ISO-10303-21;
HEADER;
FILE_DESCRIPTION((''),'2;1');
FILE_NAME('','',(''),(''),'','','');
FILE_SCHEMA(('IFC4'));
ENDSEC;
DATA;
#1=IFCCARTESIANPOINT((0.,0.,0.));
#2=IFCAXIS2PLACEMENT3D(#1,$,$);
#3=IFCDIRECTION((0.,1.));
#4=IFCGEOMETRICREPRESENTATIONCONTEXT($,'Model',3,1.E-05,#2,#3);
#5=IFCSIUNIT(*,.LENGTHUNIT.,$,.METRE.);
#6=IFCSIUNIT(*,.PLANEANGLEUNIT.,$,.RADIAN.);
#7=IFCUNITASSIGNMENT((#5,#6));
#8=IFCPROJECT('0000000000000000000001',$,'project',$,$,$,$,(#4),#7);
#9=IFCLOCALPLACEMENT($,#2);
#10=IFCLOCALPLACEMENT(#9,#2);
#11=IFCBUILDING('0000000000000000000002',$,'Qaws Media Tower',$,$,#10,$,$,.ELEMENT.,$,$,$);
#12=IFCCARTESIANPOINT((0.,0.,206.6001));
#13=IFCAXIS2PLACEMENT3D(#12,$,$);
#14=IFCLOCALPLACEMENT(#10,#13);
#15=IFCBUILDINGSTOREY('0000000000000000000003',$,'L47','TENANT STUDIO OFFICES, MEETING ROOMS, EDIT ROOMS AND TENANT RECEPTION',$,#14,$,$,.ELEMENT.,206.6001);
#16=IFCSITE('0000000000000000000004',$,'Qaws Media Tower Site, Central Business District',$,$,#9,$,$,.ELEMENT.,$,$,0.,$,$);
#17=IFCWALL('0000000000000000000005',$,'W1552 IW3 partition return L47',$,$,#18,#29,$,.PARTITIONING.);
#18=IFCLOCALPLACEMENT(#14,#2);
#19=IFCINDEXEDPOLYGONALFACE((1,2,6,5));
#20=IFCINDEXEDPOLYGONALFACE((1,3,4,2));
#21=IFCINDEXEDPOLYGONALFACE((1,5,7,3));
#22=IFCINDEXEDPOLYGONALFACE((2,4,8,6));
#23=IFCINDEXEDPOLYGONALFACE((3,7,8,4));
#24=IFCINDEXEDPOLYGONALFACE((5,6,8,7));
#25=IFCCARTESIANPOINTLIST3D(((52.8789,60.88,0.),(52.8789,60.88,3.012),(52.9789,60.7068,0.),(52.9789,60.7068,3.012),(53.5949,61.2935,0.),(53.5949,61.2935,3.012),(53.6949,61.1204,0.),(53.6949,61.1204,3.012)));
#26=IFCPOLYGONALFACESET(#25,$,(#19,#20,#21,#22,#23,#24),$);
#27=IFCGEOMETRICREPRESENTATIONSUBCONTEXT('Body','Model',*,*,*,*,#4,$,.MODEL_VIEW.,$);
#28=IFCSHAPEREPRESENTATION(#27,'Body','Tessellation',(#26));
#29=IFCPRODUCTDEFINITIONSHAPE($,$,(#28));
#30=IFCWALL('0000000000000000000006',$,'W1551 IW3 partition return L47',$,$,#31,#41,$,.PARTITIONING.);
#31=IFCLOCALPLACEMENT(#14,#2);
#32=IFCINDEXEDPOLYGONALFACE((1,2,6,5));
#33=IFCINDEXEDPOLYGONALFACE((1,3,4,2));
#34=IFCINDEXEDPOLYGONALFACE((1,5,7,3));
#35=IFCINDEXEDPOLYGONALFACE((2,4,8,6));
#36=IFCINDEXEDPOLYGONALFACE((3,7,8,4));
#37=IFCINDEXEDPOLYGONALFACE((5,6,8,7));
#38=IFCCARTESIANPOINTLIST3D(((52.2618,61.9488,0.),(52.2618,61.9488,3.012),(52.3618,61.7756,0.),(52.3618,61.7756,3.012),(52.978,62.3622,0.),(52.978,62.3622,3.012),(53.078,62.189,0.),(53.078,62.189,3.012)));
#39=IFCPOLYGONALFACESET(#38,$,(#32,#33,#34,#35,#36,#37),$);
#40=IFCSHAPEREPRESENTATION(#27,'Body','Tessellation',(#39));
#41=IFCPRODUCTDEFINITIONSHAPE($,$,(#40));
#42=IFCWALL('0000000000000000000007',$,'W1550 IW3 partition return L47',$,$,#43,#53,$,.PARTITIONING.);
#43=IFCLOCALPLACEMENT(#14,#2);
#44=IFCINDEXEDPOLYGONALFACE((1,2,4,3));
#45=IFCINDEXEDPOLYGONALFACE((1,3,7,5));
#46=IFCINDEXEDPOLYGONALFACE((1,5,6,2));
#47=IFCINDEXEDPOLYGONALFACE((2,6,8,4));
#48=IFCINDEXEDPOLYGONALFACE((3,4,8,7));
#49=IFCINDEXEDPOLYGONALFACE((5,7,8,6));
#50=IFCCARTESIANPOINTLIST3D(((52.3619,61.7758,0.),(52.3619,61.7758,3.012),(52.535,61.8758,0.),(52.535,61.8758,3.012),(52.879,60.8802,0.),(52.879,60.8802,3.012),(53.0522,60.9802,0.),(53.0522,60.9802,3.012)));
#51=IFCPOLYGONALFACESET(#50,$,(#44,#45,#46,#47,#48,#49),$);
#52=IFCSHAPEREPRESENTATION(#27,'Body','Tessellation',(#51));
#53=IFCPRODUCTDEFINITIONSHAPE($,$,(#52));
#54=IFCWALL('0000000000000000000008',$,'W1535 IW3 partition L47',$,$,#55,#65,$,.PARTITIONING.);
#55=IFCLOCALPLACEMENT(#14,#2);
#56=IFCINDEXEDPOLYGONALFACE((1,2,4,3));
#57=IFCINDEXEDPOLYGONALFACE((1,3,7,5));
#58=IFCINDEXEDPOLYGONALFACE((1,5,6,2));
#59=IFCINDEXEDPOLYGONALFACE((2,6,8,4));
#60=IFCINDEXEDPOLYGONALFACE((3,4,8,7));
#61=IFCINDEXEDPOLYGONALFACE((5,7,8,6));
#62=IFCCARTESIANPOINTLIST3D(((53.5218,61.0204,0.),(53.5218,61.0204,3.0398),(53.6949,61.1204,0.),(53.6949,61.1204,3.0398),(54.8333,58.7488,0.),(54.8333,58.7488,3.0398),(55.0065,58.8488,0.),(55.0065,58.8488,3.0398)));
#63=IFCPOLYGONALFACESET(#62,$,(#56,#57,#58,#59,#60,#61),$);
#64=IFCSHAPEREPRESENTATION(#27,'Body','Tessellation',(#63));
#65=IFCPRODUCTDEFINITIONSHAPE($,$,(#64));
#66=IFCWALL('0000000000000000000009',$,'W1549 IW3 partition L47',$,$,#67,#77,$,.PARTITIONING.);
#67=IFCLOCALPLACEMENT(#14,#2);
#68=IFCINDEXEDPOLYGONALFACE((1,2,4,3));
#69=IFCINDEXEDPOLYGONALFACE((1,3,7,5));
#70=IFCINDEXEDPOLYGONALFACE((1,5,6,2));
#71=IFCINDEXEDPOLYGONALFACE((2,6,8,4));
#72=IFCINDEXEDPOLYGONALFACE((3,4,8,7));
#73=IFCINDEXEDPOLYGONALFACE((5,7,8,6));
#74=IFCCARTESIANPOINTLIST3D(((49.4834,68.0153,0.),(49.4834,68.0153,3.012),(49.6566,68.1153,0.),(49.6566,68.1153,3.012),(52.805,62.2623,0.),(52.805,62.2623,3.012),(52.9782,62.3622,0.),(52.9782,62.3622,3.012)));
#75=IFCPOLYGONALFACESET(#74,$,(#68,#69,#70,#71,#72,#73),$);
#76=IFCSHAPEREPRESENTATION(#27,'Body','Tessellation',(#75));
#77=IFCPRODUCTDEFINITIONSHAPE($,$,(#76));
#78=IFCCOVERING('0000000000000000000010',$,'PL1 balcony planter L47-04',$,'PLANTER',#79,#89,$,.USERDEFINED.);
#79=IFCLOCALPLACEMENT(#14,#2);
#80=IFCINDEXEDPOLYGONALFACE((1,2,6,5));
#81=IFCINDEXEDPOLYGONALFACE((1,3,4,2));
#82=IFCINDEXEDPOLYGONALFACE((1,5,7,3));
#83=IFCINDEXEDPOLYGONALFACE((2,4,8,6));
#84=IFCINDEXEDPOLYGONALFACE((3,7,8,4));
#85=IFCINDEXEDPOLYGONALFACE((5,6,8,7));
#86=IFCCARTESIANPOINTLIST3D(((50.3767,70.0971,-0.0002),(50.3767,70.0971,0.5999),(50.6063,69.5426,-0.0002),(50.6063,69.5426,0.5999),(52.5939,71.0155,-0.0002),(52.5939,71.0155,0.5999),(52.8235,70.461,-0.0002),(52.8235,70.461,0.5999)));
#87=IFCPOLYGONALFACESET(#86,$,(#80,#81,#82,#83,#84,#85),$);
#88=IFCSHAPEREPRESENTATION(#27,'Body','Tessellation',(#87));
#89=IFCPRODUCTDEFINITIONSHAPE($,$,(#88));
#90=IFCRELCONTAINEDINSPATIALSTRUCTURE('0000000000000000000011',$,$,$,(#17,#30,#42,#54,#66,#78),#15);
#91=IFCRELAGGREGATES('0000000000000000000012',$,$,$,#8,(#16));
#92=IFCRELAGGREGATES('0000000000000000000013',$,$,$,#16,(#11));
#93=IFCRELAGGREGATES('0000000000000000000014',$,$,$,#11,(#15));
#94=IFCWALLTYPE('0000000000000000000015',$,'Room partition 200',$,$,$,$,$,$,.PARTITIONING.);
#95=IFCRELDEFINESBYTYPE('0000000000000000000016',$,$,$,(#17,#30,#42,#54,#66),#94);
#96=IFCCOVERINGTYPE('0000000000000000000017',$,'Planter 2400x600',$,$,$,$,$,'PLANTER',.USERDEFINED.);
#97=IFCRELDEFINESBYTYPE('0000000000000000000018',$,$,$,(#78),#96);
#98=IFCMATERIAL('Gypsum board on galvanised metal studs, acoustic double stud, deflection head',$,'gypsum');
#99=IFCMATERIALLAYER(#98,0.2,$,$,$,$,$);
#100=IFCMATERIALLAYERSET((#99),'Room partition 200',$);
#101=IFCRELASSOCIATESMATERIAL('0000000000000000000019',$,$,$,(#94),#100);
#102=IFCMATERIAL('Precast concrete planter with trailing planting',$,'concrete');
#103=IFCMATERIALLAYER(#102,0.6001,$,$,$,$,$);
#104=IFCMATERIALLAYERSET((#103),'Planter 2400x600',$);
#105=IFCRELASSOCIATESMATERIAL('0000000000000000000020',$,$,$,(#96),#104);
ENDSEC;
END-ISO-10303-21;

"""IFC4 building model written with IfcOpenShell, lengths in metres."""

from ifc_helpers import new_model, si_unit, direction, frame, frame_2d, origin, origin_2d, place, context, subcontext, project, spatial, rectangle, extrude, material, layer, layer_set, type_object, element, save


model = new_model("IFC4")

# Units and contexts
model_context = context("Model", 3, precision=1e-05, world=origin(), true_north=direction((0.0, 1.0)))
body_context = subcontext(model_context, "Body", "Model", "MODEL_VIEW")
ifc_project = project(units=[si_unit("LENGTHUNIT", "METRE"), si_unit("PLANEANGLEUNIT", "RADIAN")], contexts=[model_context])

# Site, building, storey
site_placement = place(None, origin())
site = spatial("IfcSite", under=ifc_project, at=site_placement, Name="Qaws Media Tower Site, Central Business District", CompositionType="ELEMENT", RefElevation=0.0)
building_placement = place(site_placement, origin())
building = spatial("IfcBuilding", under=site, at=building_placement, Name="Qaws Media Tower", CompositionType="ELEMENT")
storey_placement = place(building_placement, frame((0.0, 0.0, 206.6001)))
storey = spatial("IfcBuildingStorey", under=building, at=storey_placement, Name="L47", Description="TENANT STUDIO OFFICES, MEETING ROOMS, EDIT ROOMS AND TENANT RECEPTION", CompositionType="ELEMENT", Elevation=206.6001)

# Shared definitions
ifc_material_1 = material(Name="Gypsum board on galvanised metal studs, acoustic double stud, deflection head", Category="gypsum")
ifc_layer_1 = layer(ifc_material_1, 0.2)
ifc_layer_set_1 = layer_set([ifc_layer_1], Name="Room partition 200")
wall_type_1 = type_object("IfcWallType", Name="Room partition 200", PredefinedType="PARTITIONING", material=ifc_layer_set_1)

# Walls
for number, where, z_axis, x_axis, name in (
    (1, (53.645, 61.207, 0.0), (0.0, 0.0, 1.0), (-0.865945, -0.50014, 0.0), "W1552 IW3 partition return L47"),
    (2, (53.0281, 62.2756, 0.0), (0.0, 0.0, 1.0), (-0.866072, -0.499918, 0.0), "W1551 IW3 partition return L47"),
):
    element("IfcWall", number, at=place(storey_placement, frame(where, z_axis=z_axis, x_axis=x_axis)), inside=storey, type_object=wall_type_1, Name=name, PredefinedType="PARTITIONING", context=body_context, shape_type="SweptSolid", body=[
        extrude(rectangle(XDim=0.8269, YDim=0.2, at=frame_2d((0.4136, 0.0))), origin(), (0.0, 0.0, 1.0), 3.012),
    ])
wall_1_placement = place(storey_placement, frame((52.9656, 60.9302, 0.0), z_axis=(0.0, 0.0, 1.0), x_axis=(-0.500049, 0.865997, 0.0)))
element("IfcWall", 3, at=wall_1_placement, inside=storey, type_object=wall_type_1, Name="W1550 IW3 partition return L47", PredefinedType="PARTITIONING", context=body_context, shape_type="SweptSolid", body=[
    extrude(rectangle(XDim=1.0342, YDim=0.2, at=frame_2d((0.5171, 0.0))), origin(), (0.0, 0.0, 1.0), 3.012),
])
wall_2_placement = place(storey_placement, frame((54.9199, 58.7988, 0.0), z_axis=(0.0, 0.0, 1.0), x_axis=(-0.500023, 0.866012, 0.0)))
element("IfcWall", 4, at=wall_2_placement, inside=storey, type_object=wall_type_1, Name="W1535 IW3 partition L47", PredefinedType="PARTITIONING", context=body_context, shape_type="SweptSolid", body=[
    extrude(rectangle(XDim=2.623, YDim=0.2, at=frame_2d((1.3115, 0.0))), origin(), (0.0, 0.0, 1.0), 3.0398),
])
wall_3_placement = place(storey_placement, frame((52.8916, 62.3123, 0.0), z_axis=(0.0, 0.0, 1.0), x_axis=(-0.500009, 0.86602, 0.0)))
element("IfcWall", 5, at=wall_3_placement, inside=storey, type_object=wall_type_1, Name="W1549 IW3 partition L47", PredefinedType="PARTITIONING", context=body_context, shape_type="SweptSolid", body=[
    extrude(rectangle(XDim=6.6431, YDim=0.2, at=frame_2d((3.3215, 0.0))), origin(), (0.0, 0.0, 1.0), 3.012),
])

# Covering
ifc_material_2 = material(Name="Precast concrete planter with trailing planting", Category="concrete")
ifc_layer_2 = layer(ifc_material_2, 0.6001)
ifc_layer_set_2 = layer_set([ifc_layer_2], Name="Planter 2400x600")
covering_type = type_object("IfcCoveringType", Name="Planter 2400x600", ElementType="PLANTER", PredefinedType="USERDEFINED", material=ifc_layer_set_2)
covering_placement = place(storey_placement, frame((51.6001, 70.2791, -0.0002), z_axis=(0.0, 0.0, 1.0), x_axis=(-0.92388, -0.382683, 0.0)))
element("IfcCovering", 6, at=covering_placement, inside=storey, type_object=covering_type, Name="PL1 balcony planter L47-04", ObjectType="PLANTER", PredefinedType="USERDEFINED", context=body_context, shape_type="SweptSolid", body=[
    extrude(rectangle(XDim=2.3999, YDim=0.6001, at=origin_2d()), origin(), (0.0, 0.0, 1.0), 0.6001),
])

save(model, "model.ifc")
